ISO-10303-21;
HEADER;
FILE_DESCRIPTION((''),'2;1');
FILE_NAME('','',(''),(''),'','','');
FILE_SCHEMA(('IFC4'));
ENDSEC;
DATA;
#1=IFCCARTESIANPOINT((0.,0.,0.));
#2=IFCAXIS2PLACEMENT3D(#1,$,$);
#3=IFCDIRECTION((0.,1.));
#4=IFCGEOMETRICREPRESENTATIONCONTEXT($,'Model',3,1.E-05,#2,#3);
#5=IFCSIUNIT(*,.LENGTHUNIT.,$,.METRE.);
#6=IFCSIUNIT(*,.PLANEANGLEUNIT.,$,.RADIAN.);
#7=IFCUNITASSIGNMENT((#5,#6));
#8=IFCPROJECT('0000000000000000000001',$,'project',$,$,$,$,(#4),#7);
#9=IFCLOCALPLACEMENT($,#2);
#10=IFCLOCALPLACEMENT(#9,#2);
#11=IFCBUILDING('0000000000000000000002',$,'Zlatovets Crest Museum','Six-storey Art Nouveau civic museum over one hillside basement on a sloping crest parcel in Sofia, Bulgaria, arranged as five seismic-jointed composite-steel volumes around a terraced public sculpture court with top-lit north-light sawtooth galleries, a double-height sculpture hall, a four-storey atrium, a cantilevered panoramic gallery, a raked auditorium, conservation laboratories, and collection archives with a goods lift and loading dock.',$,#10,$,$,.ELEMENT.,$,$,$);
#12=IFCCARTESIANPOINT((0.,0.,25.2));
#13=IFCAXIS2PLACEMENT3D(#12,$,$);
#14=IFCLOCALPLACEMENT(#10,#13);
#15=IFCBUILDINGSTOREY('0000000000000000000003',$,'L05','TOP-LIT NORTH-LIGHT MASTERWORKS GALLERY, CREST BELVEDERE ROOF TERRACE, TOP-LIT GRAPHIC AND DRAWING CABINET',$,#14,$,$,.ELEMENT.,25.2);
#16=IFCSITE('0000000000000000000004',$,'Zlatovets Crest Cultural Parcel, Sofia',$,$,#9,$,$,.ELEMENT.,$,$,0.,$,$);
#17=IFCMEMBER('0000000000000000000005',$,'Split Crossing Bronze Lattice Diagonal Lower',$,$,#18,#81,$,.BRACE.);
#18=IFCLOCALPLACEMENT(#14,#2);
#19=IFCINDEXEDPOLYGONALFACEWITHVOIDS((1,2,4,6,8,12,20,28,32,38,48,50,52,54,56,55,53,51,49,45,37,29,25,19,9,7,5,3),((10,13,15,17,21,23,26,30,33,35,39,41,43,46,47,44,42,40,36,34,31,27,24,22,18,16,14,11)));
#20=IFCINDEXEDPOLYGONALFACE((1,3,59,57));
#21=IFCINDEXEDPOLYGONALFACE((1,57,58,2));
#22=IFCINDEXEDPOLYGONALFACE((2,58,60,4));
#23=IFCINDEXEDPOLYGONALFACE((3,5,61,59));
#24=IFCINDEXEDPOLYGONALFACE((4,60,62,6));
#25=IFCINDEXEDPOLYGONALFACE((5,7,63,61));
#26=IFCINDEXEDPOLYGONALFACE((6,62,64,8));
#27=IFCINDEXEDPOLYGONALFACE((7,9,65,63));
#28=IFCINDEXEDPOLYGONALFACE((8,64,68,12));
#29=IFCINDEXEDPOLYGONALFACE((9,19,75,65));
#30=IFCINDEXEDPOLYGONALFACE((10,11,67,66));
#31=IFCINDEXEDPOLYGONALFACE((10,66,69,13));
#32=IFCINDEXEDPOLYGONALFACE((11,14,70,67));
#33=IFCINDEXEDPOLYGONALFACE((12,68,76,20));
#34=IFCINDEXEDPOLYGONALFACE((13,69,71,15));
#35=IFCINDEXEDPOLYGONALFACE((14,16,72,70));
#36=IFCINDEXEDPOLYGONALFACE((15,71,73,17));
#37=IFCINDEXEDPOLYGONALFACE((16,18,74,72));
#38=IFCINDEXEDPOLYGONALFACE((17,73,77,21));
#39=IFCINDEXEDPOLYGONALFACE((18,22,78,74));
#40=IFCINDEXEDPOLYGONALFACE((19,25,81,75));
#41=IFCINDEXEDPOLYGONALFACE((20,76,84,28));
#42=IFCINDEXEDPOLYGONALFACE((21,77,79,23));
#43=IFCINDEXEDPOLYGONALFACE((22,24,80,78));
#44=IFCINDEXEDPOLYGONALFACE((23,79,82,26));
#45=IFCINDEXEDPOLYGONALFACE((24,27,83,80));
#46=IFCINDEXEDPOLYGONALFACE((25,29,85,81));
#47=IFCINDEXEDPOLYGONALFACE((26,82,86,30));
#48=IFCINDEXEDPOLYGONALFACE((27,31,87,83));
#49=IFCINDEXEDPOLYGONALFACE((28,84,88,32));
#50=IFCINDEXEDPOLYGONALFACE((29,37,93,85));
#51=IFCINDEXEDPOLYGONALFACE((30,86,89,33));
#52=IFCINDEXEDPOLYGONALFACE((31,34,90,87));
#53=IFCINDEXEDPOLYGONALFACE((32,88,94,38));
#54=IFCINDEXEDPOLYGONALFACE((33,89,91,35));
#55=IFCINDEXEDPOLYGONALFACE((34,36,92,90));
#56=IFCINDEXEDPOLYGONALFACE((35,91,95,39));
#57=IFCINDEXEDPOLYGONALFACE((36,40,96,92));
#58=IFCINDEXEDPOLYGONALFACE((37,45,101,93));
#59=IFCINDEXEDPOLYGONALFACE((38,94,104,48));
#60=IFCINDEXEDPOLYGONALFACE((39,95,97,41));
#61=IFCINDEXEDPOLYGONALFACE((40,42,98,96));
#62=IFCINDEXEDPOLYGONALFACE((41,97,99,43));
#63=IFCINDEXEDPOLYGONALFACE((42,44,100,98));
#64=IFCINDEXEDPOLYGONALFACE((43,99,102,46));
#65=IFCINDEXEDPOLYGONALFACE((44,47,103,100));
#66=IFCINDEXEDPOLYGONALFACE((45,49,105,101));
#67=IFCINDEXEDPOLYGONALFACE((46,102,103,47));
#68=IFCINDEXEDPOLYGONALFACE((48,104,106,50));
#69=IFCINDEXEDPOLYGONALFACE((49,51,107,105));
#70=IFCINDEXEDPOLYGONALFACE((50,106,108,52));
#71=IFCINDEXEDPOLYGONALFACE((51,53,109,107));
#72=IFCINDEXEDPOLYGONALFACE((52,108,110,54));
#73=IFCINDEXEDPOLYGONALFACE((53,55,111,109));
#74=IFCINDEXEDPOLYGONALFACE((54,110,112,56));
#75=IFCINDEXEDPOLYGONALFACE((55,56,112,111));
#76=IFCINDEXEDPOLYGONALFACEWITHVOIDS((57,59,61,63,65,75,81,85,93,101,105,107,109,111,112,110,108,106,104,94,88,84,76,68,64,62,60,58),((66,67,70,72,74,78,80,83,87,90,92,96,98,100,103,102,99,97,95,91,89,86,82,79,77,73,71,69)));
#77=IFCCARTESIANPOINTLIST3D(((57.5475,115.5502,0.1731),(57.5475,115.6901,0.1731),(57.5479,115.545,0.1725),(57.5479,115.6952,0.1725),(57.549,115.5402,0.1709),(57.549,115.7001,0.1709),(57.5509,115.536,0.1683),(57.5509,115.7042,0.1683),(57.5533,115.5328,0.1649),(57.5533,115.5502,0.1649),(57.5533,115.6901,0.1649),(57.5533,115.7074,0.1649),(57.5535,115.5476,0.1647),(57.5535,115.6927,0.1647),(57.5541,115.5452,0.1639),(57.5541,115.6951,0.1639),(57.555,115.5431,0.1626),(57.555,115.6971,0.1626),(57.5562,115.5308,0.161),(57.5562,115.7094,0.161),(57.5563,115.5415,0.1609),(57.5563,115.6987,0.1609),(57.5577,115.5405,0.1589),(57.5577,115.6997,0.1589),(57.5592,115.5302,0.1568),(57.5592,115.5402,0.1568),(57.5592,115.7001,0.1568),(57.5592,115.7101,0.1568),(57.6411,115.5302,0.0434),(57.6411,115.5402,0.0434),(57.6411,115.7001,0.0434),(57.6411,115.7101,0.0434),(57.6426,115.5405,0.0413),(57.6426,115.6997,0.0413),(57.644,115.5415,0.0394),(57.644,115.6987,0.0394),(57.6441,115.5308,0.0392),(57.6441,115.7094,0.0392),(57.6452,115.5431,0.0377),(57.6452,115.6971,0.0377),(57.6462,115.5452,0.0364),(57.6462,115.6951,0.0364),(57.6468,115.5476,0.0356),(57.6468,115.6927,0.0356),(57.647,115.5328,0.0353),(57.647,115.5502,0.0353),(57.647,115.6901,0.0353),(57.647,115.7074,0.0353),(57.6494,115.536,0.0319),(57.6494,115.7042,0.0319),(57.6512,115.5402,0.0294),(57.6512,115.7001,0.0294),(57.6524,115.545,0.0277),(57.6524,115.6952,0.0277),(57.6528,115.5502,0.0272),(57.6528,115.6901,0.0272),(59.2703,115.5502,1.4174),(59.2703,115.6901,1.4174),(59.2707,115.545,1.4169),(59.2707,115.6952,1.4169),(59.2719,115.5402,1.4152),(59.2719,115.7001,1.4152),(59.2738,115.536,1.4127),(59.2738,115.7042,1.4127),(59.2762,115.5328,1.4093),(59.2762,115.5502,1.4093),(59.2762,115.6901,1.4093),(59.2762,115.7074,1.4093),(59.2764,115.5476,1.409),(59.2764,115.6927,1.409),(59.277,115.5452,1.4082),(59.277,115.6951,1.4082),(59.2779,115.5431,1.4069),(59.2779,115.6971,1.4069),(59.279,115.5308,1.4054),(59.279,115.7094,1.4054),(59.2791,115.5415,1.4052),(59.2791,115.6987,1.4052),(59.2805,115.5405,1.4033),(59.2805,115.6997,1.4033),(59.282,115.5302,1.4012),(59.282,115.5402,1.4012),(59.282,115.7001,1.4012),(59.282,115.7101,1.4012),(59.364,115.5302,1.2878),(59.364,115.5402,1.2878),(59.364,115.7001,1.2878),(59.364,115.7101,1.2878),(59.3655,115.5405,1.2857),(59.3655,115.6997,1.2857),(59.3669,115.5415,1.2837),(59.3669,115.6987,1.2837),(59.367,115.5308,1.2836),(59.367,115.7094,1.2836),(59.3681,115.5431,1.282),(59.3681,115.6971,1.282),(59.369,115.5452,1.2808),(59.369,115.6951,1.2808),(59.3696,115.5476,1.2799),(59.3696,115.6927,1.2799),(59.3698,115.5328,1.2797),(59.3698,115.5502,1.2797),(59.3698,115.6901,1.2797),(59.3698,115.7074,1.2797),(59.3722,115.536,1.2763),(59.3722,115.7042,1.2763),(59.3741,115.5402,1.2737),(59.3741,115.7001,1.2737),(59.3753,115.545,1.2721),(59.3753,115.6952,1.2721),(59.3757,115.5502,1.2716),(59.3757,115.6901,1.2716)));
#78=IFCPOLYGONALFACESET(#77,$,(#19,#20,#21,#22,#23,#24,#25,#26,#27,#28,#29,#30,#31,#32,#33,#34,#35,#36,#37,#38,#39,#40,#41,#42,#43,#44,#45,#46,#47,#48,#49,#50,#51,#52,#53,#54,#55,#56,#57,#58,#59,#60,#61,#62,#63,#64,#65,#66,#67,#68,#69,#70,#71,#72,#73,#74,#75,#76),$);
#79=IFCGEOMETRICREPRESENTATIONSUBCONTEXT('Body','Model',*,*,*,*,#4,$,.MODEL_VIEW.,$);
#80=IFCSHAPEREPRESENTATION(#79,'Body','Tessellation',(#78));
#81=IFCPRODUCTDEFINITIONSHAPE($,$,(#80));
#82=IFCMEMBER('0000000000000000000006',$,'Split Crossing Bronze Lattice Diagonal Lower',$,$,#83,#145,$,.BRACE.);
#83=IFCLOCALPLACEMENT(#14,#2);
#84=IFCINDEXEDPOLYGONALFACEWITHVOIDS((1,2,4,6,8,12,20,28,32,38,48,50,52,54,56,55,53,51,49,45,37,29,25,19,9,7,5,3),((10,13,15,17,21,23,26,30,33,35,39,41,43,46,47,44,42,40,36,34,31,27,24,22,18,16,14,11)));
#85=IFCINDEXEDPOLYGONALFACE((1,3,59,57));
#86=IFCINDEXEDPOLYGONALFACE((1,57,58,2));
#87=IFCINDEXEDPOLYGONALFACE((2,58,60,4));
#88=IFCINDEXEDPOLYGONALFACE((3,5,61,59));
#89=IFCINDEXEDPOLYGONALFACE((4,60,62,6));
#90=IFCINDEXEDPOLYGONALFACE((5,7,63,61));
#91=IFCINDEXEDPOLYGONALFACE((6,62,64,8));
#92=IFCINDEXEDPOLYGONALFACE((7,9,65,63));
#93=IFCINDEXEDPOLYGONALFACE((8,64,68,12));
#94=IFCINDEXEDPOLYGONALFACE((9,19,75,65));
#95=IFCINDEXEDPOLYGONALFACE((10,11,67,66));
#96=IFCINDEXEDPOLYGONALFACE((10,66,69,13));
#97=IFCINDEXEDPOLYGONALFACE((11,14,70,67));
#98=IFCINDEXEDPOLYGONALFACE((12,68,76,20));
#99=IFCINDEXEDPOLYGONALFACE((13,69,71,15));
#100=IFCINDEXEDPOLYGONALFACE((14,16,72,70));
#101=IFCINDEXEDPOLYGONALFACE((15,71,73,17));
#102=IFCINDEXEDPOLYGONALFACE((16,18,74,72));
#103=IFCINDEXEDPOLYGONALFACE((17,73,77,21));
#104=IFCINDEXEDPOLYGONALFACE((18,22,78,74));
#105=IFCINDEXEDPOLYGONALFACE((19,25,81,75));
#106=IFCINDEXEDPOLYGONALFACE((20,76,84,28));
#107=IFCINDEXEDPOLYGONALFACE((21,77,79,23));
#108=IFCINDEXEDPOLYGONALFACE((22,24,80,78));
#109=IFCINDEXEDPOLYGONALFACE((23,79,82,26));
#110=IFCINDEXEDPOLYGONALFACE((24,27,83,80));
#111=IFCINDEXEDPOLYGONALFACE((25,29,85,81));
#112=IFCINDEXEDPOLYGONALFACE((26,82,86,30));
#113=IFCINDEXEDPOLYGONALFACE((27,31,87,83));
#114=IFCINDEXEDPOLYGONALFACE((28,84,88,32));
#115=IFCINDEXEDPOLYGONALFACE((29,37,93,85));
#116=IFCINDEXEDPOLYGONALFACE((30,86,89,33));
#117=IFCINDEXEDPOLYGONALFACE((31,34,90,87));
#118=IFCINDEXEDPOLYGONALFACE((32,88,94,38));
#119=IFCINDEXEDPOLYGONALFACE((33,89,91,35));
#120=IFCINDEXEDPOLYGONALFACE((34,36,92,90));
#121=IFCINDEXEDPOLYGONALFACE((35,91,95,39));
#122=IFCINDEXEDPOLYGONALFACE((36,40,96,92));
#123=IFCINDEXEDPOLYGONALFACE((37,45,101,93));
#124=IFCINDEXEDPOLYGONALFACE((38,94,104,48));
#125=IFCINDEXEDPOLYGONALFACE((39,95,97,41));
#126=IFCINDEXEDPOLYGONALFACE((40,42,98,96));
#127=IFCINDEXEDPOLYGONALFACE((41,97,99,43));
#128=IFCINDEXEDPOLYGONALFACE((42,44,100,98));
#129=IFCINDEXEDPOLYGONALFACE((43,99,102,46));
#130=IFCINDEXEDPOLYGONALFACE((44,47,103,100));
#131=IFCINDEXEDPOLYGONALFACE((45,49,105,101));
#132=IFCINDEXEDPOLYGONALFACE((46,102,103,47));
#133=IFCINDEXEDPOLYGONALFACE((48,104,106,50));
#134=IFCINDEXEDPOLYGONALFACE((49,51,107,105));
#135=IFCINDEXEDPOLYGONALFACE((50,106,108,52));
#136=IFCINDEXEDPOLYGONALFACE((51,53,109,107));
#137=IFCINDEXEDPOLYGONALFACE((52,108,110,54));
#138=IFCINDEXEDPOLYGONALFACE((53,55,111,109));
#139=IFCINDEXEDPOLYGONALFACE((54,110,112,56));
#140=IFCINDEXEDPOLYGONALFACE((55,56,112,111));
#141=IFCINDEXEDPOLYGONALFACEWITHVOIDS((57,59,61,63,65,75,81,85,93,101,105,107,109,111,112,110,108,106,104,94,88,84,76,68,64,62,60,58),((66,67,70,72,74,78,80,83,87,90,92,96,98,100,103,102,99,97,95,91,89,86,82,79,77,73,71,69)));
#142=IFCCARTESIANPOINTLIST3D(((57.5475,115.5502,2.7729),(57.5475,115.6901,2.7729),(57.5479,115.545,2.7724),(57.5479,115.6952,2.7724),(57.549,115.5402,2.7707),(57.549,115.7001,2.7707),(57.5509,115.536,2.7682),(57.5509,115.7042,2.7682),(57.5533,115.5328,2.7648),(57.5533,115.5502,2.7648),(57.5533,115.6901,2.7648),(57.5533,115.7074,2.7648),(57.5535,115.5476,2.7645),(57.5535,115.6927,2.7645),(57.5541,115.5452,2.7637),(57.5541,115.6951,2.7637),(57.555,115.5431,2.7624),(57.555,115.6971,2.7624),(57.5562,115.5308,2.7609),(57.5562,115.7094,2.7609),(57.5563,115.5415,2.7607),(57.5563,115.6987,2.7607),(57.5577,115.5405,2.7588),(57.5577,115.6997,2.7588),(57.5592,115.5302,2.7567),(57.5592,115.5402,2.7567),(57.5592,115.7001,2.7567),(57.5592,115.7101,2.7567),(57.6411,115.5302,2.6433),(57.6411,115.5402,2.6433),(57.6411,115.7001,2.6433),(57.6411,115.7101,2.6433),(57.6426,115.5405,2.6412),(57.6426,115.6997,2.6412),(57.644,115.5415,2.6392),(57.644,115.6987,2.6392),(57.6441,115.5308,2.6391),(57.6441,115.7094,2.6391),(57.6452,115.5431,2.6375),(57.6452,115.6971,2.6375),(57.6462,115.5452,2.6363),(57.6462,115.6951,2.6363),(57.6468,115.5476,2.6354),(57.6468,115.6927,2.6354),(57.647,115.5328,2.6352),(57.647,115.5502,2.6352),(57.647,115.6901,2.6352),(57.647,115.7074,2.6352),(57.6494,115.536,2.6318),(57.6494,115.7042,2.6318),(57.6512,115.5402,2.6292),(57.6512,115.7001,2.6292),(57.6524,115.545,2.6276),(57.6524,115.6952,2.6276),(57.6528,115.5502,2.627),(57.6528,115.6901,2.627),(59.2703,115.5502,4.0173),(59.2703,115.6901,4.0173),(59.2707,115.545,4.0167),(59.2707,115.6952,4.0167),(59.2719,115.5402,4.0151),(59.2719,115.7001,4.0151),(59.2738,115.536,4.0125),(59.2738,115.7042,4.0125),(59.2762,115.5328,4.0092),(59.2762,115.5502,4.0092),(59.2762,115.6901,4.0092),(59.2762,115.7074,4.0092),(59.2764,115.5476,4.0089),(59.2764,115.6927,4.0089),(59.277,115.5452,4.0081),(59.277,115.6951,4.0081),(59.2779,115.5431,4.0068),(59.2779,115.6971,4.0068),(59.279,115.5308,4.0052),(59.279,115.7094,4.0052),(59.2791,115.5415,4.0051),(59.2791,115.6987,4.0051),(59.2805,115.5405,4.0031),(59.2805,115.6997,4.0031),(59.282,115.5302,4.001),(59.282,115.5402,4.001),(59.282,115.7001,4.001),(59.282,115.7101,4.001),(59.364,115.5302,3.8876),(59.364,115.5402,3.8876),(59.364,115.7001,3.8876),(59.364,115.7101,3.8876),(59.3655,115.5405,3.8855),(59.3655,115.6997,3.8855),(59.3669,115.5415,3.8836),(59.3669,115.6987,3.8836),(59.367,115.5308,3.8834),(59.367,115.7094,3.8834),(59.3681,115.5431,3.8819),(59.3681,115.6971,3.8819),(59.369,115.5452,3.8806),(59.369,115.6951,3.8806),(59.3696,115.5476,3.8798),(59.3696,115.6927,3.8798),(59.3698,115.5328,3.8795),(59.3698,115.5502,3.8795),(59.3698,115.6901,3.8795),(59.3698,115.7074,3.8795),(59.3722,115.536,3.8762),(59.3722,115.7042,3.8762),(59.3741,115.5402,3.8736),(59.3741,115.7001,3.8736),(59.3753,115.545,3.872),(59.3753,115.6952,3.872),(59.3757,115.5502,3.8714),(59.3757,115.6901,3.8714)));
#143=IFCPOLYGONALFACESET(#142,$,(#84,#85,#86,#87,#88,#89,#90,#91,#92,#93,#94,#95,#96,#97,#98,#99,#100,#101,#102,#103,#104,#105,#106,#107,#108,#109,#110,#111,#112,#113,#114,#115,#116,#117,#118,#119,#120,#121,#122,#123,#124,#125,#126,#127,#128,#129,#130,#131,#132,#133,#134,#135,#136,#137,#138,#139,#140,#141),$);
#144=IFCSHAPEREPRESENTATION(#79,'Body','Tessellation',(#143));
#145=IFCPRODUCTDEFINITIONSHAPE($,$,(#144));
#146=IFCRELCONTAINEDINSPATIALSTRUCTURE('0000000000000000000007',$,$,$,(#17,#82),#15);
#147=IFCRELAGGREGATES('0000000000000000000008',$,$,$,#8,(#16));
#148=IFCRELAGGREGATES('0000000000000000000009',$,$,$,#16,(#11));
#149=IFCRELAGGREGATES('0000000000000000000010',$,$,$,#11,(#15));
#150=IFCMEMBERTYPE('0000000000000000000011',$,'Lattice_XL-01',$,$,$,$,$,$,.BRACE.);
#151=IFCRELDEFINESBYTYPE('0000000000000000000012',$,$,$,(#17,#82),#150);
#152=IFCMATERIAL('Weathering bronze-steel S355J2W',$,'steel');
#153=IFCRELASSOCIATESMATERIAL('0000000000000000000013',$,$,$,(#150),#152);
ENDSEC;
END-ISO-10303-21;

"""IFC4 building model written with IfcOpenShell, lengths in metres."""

from ifc_helpers import new_model, si_unit, direction, frame, origin, origin_2d, place, context, subcontext, project, spatial, hollow_rectangle, extrude, material, material_profile, profile_set, type_object, element, save


model = new_model("IFC4")

# Units and contexts
model_context = context("Model", 3, precision=1e-05, world=origin(), true_north=direction((0.0, 1.0)))
body_context = subcontext(model_context, "Body", "Model", "MODEL_VIEW")
ifc_project = project(units=[si_unit("LENGTHUNIT", "METRE"), si_unit("PLANEANGLEUNIT", "RADIAN")], contexts=[model_context])

# Site, building, storey
site_placement = place(None, origin())
site = spatial("IfcSite", under=ifc_project, at=site_placement, Name="Zlatovets Crest Cultural Parcel, Sofia", CompositionType="ELEMENT", RefElevation=0.0)
building_placement = place(site_placement, origin())
building = spatial("IfcBuilding", under=site, at=building_placement, Name="Zlatovets Crest Museum", Description="Six-storey Art Nouveau civic museum over one hillside basement on a sloping crest parcel in Sofia, Bulgaria, arranged as five seismic-jointed composite-steel volumes around a terraced public sculpture court with top-lit north-light sawtooth galleries, a double-height sculpture hall, a four-storey atrium, a cantilevered panoramic gallery, a raked auditorium, conservation laboratories, and collection archives with a goods lift and loading dock.", CompositionType="ELEMENT")
storey_placement = place(building_placement, frame((0.0, 0.0, 25.2)))
storey = spatial("IfcBuildingStorey", under=building, at=storey_placement, Name="L05", Description="TOP-LIT NORTH-LIGHT MASTERWORKS GALLERY, CREST BELVEDERE ROOF TERRACE, TOP-LIT GRAPHIC AND DRAWING CABINET", CompositionType="ELEMENT", Elevation=25.2)

# Members
ifc_material_1 = material(Name="Weathering bronze-steel S355J2W", Category="steel")
ifc_material_profile_1 = material_profile(ifc_material_1, hollow_rectangle(XDim=0.1799, YDim=0.1799, WallThickness=0.01, InnerFilletRadius=0.01, OuterFilletRadius=0.02, at=origin_2d()), Name="SHS 180x180x10.0")
ifc_profile_set_1 = profile_set([ifc_material_profile_1], Name="Weathering bronze-steel S355J2W")
member_type_1 = type_object("IfcMemberType", Name="Lattice_XL-01", PredefinedType="BRACE", material=ifc_profile_set_1)
for number, where, z_axis, x_axis, name in (
    (1, (59.323, 115.6201, 1.3445), (-0.810664, 0.0, -0.585512), (0.0, -1.0, 0.0), "Split Crossing Bronze Lattice Diagonal Lower"),
    (2, (59.323, 115.6201, 3.9443), (-0.810664, 0.0, -0.585512), (0.0, -1.0, 0.0), "Split Crossing Bronze Lattice Diagonal Lower"),
):
    element("IfcMember", number, at=place(storey_placement, frame(where, z_axis=z_axis, x_axis=x_axis)), inside=storey, type_object=member_type_1, Name=name, PredefinedType="BRACE", context=body_context, shape_type="SweptSolid", body=[
        extrude(hollow_rectangle(XDim=0.1799, YDim=0.1799, WallThickness=0.01, InnerFilletRadius=0.01, OuterFilletRadius=0.02, at=origin_2d()), origin(), (0.0, 0.0, 1.0), 2.1252),
    ])

save(model, "model.ifc")
